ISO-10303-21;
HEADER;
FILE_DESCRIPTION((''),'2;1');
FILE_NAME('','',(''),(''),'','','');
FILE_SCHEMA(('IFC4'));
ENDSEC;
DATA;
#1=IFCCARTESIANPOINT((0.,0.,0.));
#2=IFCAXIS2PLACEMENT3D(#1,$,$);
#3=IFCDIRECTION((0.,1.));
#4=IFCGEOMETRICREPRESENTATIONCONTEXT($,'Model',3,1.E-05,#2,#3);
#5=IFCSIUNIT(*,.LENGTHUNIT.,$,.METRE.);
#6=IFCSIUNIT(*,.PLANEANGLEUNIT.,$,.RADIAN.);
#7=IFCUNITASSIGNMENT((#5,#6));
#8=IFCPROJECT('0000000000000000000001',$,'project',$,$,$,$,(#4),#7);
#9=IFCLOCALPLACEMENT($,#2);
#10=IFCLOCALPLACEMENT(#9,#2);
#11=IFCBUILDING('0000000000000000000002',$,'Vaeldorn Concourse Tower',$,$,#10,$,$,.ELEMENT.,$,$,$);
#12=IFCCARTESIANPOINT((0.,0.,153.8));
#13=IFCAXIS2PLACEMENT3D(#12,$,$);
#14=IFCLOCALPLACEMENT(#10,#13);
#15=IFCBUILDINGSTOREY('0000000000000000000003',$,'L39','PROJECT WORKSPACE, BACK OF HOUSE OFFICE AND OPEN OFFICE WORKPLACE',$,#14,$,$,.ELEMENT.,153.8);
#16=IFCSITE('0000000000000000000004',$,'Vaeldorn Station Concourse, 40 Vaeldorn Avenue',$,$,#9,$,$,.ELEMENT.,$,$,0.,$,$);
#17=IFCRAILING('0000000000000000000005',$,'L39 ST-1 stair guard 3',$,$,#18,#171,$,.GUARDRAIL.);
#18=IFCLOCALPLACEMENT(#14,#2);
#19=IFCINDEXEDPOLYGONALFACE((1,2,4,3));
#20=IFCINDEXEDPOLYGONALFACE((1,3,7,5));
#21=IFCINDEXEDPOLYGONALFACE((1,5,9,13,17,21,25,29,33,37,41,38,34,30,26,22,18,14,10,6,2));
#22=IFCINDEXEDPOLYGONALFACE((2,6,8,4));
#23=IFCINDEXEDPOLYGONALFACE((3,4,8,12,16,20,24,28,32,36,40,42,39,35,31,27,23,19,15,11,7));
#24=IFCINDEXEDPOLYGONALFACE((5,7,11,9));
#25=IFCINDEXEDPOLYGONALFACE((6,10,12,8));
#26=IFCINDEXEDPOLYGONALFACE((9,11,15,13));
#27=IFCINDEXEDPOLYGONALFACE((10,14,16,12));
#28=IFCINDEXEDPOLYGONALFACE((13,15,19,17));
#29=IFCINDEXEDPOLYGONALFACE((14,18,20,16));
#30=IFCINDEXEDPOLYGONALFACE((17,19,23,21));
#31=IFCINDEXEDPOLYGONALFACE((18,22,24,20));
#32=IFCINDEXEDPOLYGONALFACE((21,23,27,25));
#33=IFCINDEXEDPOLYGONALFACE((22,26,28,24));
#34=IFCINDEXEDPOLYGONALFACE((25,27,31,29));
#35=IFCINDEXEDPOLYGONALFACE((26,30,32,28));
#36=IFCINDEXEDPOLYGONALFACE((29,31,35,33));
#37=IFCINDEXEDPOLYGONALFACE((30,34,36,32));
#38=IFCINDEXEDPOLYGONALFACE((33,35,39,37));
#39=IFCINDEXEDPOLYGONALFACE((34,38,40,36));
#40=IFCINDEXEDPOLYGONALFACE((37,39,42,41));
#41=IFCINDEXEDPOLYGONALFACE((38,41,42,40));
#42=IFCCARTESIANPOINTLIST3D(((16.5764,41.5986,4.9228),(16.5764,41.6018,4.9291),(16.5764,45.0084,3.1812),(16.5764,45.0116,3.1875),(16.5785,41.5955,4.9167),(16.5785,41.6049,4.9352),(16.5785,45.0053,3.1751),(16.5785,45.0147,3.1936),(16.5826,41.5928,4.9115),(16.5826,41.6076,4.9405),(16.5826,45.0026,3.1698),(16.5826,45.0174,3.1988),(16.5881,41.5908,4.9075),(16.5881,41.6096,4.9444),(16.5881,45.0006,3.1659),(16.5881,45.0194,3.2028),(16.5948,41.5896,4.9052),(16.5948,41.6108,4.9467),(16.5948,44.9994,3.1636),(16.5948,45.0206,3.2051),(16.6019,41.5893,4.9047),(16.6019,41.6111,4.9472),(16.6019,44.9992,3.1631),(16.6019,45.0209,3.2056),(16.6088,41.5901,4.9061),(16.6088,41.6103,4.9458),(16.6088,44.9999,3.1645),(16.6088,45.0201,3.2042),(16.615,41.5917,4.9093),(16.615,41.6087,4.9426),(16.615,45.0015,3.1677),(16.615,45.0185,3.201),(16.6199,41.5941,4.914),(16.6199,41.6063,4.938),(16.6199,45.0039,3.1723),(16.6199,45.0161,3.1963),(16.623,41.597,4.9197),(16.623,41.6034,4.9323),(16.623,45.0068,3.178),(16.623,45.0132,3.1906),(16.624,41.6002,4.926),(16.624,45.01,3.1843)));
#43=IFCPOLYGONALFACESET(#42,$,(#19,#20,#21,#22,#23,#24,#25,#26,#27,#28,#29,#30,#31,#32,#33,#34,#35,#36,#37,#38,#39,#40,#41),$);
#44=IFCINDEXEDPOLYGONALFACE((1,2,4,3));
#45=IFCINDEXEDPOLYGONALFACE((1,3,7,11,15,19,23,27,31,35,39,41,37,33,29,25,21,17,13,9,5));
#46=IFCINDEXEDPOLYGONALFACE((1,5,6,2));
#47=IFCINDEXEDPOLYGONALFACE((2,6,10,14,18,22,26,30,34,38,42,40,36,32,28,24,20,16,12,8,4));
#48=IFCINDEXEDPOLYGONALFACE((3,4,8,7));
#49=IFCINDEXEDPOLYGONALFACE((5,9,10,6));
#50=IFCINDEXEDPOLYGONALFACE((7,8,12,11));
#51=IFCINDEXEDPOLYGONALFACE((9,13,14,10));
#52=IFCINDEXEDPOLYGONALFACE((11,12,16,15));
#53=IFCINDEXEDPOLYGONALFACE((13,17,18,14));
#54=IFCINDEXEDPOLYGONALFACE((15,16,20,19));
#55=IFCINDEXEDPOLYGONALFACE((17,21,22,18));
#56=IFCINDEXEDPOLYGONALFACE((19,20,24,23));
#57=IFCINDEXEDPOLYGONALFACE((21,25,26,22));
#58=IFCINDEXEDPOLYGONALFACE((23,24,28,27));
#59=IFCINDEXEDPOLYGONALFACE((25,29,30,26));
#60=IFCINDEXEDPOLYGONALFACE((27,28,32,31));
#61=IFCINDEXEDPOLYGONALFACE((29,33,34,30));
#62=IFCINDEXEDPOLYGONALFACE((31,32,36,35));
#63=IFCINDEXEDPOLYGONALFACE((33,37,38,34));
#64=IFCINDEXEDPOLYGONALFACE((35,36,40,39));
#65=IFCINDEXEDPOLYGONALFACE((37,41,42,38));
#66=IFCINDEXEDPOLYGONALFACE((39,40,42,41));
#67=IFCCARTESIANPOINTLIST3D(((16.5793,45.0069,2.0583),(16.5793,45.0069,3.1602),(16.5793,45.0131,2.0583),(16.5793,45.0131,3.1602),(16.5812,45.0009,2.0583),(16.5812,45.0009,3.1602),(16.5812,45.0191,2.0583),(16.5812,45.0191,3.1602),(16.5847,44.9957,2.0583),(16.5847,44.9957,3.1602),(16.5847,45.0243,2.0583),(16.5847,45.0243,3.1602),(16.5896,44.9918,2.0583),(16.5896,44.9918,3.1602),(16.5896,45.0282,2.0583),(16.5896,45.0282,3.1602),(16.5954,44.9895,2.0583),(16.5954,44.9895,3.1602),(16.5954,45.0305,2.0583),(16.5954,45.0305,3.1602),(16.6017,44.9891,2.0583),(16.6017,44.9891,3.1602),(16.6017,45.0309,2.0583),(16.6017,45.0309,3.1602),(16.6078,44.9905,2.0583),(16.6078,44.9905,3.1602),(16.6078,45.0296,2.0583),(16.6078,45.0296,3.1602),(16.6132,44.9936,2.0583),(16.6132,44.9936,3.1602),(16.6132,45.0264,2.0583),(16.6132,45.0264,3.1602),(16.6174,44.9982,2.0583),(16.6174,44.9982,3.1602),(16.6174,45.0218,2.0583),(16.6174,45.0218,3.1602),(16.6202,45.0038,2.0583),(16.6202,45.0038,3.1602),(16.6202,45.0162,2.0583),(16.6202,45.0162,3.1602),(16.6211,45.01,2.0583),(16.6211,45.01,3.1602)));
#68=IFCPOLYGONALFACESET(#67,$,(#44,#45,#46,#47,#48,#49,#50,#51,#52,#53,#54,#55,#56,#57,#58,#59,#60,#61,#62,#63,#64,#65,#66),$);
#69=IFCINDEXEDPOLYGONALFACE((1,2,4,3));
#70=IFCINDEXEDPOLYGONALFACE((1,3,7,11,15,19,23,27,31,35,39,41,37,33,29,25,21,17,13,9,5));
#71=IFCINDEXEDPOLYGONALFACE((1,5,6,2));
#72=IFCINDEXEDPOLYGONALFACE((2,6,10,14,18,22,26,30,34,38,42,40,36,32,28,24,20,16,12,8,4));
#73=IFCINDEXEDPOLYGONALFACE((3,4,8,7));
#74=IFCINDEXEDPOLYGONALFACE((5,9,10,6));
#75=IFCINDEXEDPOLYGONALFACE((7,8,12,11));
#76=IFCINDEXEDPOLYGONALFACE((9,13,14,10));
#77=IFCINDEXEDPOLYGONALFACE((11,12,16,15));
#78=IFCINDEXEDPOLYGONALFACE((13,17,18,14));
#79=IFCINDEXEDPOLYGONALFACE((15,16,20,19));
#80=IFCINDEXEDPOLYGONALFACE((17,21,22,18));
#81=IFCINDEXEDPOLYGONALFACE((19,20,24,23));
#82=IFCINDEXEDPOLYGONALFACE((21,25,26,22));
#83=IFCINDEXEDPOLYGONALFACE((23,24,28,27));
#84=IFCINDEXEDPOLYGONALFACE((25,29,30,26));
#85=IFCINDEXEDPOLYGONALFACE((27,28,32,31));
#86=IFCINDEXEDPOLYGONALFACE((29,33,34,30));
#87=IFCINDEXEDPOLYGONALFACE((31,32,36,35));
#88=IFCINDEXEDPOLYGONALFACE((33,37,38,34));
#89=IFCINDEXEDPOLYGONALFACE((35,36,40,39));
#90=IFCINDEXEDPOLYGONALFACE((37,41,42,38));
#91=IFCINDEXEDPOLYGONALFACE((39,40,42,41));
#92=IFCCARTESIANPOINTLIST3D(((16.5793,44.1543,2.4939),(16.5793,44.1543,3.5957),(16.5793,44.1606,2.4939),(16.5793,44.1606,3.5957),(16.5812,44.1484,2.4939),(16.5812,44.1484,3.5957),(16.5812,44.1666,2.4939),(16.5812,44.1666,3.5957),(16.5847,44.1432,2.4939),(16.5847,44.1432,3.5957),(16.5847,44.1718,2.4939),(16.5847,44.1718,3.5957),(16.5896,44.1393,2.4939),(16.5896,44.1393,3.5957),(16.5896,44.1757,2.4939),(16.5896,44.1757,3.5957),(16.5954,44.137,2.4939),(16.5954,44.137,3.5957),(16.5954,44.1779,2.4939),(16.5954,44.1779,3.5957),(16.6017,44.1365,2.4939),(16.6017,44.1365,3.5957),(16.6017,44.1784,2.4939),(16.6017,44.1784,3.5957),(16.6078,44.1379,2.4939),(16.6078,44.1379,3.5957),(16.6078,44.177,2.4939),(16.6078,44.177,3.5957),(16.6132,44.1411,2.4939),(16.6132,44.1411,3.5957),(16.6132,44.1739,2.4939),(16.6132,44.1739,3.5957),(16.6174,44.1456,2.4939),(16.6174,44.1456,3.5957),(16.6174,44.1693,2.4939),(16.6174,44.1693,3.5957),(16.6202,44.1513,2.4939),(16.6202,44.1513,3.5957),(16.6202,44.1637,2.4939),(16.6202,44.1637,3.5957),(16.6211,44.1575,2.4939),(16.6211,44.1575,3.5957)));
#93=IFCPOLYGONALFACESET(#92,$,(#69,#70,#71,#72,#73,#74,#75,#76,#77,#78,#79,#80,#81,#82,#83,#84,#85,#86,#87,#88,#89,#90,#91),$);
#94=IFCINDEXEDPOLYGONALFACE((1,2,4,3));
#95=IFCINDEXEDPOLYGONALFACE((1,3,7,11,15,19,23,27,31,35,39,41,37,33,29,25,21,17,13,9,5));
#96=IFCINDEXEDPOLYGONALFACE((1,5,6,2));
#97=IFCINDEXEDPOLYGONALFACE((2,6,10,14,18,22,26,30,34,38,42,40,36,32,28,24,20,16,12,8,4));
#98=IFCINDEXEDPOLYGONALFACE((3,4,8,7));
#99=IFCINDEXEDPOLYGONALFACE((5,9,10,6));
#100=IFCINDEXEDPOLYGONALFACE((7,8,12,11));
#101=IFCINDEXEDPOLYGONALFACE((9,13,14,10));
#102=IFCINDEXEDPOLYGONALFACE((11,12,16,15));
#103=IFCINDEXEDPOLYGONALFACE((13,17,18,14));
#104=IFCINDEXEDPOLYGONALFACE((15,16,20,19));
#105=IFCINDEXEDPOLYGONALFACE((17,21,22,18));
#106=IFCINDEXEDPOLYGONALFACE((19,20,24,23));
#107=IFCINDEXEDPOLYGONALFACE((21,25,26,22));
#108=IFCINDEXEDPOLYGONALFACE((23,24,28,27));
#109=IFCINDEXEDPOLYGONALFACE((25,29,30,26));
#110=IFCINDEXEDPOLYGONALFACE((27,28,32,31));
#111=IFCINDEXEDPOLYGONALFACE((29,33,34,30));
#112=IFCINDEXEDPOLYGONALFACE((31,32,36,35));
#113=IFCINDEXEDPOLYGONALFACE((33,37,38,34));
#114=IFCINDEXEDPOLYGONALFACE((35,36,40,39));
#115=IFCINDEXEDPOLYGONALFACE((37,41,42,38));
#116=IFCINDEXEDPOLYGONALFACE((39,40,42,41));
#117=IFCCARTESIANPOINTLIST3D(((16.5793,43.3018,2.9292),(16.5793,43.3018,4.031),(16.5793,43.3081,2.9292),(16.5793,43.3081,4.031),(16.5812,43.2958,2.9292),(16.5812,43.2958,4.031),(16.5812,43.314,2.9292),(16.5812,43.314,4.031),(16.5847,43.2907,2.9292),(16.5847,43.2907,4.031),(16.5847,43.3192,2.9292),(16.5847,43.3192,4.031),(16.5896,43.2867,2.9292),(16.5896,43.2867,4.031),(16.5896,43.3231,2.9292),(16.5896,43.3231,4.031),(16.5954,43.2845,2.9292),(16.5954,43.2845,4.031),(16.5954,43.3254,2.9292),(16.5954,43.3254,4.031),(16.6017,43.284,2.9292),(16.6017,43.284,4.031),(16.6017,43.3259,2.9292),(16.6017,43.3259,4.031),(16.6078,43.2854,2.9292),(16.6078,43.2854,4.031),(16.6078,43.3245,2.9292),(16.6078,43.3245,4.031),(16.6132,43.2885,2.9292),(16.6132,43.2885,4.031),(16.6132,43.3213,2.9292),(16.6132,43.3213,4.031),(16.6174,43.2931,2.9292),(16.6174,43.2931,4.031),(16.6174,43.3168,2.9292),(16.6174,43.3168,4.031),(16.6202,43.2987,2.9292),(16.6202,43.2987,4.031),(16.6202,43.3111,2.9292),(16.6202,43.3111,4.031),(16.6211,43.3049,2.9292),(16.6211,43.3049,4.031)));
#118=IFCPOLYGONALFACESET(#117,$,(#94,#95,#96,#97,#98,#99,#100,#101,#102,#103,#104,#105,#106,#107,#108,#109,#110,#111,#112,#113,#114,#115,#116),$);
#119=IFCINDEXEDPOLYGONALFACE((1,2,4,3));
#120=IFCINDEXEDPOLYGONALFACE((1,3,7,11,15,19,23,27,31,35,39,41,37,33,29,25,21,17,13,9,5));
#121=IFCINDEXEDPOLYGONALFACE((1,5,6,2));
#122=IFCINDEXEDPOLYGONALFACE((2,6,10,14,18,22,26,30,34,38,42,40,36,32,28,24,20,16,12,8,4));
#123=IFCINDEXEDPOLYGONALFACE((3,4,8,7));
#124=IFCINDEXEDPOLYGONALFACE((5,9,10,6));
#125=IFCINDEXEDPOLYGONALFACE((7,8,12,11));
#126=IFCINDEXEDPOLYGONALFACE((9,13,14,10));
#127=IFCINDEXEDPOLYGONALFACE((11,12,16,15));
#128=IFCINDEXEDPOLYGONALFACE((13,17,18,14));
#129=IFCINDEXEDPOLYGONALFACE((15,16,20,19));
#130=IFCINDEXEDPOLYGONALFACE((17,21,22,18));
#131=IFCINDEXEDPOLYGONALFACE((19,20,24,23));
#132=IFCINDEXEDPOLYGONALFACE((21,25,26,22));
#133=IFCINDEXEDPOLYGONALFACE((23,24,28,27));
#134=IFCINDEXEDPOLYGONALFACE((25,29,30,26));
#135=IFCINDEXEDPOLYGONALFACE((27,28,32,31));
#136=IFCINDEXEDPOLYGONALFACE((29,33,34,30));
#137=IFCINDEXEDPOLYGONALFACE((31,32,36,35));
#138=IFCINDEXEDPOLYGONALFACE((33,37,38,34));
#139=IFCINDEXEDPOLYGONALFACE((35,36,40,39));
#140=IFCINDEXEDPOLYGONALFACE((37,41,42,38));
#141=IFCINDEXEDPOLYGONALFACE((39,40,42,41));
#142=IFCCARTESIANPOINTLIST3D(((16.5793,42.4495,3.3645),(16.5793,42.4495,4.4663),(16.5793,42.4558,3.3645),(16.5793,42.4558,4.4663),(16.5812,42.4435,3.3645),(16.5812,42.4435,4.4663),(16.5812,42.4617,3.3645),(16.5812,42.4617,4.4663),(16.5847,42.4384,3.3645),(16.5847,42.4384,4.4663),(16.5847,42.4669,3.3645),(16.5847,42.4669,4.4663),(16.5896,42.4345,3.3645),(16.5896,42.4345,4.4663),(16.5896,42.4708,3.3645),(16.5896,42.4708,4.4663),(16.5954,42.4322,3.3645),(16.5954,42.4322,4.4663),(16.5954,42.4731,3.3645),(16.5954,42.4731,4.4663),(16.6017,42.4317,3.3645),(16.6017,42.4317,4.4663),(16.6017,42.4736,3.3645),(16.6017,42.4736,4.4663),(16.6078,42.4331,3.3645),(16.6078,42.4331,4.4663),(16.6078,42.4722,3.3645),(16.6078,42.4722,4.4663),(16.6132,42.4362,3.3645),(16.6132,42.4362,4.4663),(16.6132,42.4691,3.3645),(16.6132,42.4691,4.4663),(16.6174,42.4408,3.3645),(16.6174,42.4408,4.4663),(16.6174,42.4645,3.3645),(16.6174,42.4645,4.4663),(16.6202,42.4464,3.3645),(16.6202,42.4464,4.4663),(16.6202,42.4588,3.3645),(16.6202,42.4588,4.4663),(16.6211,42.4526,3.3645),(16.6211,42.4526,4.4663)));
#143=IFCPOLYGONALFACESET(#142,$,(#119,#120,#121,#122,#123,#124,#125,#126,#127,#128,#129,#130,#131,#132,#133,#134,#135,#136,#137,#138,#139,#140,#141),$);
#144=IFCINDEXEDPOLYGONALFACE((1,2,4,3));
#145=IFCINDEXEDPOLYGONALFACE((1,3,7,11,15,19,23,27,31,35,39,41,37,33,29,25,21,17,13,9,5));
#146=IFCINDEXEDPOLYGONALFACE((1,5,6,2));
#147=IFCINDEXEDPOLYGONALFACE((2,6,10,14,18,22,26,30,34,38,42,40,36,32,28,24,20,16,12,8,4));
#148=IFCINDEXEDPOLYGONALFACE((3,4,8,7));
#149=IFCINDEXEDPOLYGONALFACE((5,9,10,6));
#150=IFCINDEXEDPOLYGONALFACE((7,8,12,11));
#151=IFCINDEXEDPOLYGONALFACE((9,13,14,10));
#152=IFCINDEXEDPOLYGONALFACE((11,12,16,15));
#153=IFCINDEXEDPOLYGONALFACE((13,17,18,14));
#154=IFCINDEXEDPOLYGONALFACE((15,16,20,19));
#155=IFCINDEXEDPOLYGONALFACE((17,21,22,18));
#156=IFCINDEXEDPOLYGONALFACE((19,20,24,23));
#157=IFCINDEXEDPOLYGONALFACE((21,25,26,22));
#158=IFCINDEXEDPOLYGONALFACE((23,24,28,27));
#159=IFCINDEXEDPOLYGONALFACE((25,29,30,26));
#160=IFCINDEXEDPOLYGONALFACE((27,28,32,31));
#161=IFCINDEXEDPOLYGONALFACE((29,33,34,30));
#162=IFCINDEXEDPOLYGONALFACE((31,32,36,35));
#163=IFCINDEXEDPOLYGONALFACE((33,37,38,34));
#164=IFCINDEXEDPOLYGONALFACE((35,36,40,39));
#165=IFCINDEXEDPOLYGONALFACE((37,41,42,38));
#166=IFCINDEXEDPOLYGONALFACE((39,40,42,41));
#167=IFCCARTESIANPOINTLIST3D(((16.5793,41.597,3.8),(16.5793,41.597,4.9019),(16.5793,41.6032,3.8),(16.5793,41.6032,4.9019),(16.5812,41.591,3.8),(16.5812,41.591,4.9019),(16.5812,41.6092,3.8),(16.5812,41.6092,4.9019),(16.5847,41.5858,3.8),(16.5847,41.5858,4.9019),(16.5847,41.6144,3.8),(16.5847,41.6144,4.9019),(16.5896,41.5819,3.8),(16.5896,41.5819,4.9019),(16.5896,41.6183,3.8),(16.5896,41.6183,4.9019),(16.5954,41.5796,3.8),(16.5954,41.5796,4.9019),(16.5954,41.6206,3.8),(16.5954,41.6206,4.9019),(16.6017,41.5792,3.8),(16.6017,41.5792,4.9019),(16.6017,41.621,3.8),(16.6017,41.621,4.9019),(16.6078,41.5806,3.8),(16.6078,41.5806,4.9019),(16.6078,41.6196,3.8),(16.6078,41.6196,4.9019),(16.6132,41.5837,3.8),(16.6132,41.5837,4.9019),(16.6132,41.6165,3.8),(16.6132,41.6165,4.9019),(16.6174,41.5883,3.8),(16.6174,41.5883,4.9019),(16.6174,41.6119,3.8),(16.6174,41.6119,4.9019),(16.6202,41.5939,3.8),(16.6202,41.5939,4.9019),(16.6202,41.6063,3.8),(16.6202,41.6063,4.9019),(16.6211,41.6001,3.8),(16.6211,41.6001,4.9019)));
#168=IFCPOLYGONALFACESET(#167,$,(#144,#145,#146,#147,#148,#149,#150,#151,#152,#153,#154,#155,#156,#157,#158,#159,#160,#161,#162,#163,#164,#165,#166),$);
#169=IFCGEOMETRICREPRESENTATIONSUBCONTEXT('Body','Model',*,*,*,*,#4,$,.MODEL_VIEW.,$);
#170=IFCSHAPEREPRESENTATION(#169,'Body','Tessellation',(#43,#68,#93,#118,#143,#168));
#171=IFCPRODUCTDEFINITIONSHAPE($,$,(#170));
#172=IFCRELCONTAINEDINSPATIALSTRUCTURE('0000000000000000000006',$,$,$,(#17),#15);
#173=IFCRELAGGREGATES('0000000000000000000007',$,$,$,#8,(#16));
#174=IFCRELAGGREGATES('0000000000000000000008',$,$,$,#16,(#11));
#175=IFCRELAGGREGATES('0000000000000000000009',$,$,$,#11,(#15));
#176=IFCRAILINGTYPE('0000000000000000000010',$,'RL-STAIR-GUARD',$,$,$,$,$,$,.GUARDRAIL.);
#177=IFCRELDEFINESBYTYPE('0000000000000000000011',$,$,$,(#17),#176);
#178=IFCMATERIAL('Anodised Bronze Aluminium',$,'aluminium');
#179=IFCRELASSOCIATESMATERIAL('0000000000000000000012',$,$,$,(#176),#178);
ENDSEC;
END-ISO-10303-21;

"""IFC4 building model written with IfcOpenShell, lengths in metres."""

from ifc_helpers import new_model, si_unit, direction, frame, origin, origin_2d, place, context, subcontext, project, spatial, circle, extrude, material, type_object, element, save


model = new_model("IFC4")

# Units and contexts
model_context = context("Model", 3, precision=1e-05, world=origin(), true_north=direction((0.0, 1.0)))
body_context = subcontext(model_context, "Body", "Model", "MODEL_VIEW")
ifc_project = project(units=[si_unit("LENGTHUNIT", "METRE"), si_unit("PLANEANGLEUNIT", "RADIAN")], contexts=[model_context])

# Site, building, storey
site_placement = place(None, origin())
site = spatial("IfcSite", under=ifc_project, at=site_placement, Name="Vaeldorn Station Concourse, 40 Vaeldorn Avenue", CompositionType="ELEMENT", RefElevation=0.0)
building_placement = place(site_placement, origin())
building = spatial("IfcBuilding", under=site, at=building_placement, Name="Vaeldorn Concourse Tower", CompositionType="ELEMENT")
storey_placement = place(building_placement, frame((0.0, 0.0, 153.8)))
storey = spatial("IfcBuildingStorey", under=building, at=storey_placement, Name="L39", Description="PROJECT WORKSPACE, BACK OF HOUSE OFFICE AND OPEN OFFICE WORKPLACE", CompositionType="ELEMENT", Elevation=153.8)

# Shared definitions
ifc_material_1 = material(Name="Anodised Bronze Aluminium", Category="aluminium")

# Railing
railing_type_1 = type_object("IfcRailingType", Name="RL-STAIR-GUARD", PredefinedType="GUARDRAIL", material=ifc_material_1)
railing_1_placement = place(storey_placement, frame((16.6001, 45.01, 2.0583)))
element("IfcRailing", 1, at=railing_1_placement, inside=storey, type_object=railing_type_1, Name="L39 ST-1 stair guard 3", PredefinedType="GUARDRAIL", context=body_context, shape_type="SweptSolid", body=[
    extrude(circle(Radius=0.0239, at=origin_2d()), frame((0.0, 0.0, 1.126), z_axis=(0.0, -0.890556, 0.454874), x_axis=(1.0, 0.0, 0.0)), (0.0, 0.0, 1.0), 3.8289),
    extrude(circle(Radius=0.021, at=origin_2d()), origin(), (0.0, 0.0, 1.0), 1.1018),
    extrude(circle(Radius=0.021, at=origin_2d()), frame((0.0, -0.8525, 0.4355)), (0.0, 0.0, 1.0), 1.1018),
    extrude(circle(Radius=0.021, at=origin_2d()), frame((0.0, -1.7051, 0.8708)), (0.0, 0.0, 1.0), 1.1018),
    extrude(circle(Radius=0.021, at=origin_2d()), frame((0.0, -2.5574, 1.3062)), (0.0, 0.0, 1.0), 1.1018),
    extrude(circle(Radius=0.021, at=origin_2d()), frame((0.0, -3.4099, 1.7417)), (0.0, 0.0, 1.0), 1.1018),
])

save(model, "model.ifc")
